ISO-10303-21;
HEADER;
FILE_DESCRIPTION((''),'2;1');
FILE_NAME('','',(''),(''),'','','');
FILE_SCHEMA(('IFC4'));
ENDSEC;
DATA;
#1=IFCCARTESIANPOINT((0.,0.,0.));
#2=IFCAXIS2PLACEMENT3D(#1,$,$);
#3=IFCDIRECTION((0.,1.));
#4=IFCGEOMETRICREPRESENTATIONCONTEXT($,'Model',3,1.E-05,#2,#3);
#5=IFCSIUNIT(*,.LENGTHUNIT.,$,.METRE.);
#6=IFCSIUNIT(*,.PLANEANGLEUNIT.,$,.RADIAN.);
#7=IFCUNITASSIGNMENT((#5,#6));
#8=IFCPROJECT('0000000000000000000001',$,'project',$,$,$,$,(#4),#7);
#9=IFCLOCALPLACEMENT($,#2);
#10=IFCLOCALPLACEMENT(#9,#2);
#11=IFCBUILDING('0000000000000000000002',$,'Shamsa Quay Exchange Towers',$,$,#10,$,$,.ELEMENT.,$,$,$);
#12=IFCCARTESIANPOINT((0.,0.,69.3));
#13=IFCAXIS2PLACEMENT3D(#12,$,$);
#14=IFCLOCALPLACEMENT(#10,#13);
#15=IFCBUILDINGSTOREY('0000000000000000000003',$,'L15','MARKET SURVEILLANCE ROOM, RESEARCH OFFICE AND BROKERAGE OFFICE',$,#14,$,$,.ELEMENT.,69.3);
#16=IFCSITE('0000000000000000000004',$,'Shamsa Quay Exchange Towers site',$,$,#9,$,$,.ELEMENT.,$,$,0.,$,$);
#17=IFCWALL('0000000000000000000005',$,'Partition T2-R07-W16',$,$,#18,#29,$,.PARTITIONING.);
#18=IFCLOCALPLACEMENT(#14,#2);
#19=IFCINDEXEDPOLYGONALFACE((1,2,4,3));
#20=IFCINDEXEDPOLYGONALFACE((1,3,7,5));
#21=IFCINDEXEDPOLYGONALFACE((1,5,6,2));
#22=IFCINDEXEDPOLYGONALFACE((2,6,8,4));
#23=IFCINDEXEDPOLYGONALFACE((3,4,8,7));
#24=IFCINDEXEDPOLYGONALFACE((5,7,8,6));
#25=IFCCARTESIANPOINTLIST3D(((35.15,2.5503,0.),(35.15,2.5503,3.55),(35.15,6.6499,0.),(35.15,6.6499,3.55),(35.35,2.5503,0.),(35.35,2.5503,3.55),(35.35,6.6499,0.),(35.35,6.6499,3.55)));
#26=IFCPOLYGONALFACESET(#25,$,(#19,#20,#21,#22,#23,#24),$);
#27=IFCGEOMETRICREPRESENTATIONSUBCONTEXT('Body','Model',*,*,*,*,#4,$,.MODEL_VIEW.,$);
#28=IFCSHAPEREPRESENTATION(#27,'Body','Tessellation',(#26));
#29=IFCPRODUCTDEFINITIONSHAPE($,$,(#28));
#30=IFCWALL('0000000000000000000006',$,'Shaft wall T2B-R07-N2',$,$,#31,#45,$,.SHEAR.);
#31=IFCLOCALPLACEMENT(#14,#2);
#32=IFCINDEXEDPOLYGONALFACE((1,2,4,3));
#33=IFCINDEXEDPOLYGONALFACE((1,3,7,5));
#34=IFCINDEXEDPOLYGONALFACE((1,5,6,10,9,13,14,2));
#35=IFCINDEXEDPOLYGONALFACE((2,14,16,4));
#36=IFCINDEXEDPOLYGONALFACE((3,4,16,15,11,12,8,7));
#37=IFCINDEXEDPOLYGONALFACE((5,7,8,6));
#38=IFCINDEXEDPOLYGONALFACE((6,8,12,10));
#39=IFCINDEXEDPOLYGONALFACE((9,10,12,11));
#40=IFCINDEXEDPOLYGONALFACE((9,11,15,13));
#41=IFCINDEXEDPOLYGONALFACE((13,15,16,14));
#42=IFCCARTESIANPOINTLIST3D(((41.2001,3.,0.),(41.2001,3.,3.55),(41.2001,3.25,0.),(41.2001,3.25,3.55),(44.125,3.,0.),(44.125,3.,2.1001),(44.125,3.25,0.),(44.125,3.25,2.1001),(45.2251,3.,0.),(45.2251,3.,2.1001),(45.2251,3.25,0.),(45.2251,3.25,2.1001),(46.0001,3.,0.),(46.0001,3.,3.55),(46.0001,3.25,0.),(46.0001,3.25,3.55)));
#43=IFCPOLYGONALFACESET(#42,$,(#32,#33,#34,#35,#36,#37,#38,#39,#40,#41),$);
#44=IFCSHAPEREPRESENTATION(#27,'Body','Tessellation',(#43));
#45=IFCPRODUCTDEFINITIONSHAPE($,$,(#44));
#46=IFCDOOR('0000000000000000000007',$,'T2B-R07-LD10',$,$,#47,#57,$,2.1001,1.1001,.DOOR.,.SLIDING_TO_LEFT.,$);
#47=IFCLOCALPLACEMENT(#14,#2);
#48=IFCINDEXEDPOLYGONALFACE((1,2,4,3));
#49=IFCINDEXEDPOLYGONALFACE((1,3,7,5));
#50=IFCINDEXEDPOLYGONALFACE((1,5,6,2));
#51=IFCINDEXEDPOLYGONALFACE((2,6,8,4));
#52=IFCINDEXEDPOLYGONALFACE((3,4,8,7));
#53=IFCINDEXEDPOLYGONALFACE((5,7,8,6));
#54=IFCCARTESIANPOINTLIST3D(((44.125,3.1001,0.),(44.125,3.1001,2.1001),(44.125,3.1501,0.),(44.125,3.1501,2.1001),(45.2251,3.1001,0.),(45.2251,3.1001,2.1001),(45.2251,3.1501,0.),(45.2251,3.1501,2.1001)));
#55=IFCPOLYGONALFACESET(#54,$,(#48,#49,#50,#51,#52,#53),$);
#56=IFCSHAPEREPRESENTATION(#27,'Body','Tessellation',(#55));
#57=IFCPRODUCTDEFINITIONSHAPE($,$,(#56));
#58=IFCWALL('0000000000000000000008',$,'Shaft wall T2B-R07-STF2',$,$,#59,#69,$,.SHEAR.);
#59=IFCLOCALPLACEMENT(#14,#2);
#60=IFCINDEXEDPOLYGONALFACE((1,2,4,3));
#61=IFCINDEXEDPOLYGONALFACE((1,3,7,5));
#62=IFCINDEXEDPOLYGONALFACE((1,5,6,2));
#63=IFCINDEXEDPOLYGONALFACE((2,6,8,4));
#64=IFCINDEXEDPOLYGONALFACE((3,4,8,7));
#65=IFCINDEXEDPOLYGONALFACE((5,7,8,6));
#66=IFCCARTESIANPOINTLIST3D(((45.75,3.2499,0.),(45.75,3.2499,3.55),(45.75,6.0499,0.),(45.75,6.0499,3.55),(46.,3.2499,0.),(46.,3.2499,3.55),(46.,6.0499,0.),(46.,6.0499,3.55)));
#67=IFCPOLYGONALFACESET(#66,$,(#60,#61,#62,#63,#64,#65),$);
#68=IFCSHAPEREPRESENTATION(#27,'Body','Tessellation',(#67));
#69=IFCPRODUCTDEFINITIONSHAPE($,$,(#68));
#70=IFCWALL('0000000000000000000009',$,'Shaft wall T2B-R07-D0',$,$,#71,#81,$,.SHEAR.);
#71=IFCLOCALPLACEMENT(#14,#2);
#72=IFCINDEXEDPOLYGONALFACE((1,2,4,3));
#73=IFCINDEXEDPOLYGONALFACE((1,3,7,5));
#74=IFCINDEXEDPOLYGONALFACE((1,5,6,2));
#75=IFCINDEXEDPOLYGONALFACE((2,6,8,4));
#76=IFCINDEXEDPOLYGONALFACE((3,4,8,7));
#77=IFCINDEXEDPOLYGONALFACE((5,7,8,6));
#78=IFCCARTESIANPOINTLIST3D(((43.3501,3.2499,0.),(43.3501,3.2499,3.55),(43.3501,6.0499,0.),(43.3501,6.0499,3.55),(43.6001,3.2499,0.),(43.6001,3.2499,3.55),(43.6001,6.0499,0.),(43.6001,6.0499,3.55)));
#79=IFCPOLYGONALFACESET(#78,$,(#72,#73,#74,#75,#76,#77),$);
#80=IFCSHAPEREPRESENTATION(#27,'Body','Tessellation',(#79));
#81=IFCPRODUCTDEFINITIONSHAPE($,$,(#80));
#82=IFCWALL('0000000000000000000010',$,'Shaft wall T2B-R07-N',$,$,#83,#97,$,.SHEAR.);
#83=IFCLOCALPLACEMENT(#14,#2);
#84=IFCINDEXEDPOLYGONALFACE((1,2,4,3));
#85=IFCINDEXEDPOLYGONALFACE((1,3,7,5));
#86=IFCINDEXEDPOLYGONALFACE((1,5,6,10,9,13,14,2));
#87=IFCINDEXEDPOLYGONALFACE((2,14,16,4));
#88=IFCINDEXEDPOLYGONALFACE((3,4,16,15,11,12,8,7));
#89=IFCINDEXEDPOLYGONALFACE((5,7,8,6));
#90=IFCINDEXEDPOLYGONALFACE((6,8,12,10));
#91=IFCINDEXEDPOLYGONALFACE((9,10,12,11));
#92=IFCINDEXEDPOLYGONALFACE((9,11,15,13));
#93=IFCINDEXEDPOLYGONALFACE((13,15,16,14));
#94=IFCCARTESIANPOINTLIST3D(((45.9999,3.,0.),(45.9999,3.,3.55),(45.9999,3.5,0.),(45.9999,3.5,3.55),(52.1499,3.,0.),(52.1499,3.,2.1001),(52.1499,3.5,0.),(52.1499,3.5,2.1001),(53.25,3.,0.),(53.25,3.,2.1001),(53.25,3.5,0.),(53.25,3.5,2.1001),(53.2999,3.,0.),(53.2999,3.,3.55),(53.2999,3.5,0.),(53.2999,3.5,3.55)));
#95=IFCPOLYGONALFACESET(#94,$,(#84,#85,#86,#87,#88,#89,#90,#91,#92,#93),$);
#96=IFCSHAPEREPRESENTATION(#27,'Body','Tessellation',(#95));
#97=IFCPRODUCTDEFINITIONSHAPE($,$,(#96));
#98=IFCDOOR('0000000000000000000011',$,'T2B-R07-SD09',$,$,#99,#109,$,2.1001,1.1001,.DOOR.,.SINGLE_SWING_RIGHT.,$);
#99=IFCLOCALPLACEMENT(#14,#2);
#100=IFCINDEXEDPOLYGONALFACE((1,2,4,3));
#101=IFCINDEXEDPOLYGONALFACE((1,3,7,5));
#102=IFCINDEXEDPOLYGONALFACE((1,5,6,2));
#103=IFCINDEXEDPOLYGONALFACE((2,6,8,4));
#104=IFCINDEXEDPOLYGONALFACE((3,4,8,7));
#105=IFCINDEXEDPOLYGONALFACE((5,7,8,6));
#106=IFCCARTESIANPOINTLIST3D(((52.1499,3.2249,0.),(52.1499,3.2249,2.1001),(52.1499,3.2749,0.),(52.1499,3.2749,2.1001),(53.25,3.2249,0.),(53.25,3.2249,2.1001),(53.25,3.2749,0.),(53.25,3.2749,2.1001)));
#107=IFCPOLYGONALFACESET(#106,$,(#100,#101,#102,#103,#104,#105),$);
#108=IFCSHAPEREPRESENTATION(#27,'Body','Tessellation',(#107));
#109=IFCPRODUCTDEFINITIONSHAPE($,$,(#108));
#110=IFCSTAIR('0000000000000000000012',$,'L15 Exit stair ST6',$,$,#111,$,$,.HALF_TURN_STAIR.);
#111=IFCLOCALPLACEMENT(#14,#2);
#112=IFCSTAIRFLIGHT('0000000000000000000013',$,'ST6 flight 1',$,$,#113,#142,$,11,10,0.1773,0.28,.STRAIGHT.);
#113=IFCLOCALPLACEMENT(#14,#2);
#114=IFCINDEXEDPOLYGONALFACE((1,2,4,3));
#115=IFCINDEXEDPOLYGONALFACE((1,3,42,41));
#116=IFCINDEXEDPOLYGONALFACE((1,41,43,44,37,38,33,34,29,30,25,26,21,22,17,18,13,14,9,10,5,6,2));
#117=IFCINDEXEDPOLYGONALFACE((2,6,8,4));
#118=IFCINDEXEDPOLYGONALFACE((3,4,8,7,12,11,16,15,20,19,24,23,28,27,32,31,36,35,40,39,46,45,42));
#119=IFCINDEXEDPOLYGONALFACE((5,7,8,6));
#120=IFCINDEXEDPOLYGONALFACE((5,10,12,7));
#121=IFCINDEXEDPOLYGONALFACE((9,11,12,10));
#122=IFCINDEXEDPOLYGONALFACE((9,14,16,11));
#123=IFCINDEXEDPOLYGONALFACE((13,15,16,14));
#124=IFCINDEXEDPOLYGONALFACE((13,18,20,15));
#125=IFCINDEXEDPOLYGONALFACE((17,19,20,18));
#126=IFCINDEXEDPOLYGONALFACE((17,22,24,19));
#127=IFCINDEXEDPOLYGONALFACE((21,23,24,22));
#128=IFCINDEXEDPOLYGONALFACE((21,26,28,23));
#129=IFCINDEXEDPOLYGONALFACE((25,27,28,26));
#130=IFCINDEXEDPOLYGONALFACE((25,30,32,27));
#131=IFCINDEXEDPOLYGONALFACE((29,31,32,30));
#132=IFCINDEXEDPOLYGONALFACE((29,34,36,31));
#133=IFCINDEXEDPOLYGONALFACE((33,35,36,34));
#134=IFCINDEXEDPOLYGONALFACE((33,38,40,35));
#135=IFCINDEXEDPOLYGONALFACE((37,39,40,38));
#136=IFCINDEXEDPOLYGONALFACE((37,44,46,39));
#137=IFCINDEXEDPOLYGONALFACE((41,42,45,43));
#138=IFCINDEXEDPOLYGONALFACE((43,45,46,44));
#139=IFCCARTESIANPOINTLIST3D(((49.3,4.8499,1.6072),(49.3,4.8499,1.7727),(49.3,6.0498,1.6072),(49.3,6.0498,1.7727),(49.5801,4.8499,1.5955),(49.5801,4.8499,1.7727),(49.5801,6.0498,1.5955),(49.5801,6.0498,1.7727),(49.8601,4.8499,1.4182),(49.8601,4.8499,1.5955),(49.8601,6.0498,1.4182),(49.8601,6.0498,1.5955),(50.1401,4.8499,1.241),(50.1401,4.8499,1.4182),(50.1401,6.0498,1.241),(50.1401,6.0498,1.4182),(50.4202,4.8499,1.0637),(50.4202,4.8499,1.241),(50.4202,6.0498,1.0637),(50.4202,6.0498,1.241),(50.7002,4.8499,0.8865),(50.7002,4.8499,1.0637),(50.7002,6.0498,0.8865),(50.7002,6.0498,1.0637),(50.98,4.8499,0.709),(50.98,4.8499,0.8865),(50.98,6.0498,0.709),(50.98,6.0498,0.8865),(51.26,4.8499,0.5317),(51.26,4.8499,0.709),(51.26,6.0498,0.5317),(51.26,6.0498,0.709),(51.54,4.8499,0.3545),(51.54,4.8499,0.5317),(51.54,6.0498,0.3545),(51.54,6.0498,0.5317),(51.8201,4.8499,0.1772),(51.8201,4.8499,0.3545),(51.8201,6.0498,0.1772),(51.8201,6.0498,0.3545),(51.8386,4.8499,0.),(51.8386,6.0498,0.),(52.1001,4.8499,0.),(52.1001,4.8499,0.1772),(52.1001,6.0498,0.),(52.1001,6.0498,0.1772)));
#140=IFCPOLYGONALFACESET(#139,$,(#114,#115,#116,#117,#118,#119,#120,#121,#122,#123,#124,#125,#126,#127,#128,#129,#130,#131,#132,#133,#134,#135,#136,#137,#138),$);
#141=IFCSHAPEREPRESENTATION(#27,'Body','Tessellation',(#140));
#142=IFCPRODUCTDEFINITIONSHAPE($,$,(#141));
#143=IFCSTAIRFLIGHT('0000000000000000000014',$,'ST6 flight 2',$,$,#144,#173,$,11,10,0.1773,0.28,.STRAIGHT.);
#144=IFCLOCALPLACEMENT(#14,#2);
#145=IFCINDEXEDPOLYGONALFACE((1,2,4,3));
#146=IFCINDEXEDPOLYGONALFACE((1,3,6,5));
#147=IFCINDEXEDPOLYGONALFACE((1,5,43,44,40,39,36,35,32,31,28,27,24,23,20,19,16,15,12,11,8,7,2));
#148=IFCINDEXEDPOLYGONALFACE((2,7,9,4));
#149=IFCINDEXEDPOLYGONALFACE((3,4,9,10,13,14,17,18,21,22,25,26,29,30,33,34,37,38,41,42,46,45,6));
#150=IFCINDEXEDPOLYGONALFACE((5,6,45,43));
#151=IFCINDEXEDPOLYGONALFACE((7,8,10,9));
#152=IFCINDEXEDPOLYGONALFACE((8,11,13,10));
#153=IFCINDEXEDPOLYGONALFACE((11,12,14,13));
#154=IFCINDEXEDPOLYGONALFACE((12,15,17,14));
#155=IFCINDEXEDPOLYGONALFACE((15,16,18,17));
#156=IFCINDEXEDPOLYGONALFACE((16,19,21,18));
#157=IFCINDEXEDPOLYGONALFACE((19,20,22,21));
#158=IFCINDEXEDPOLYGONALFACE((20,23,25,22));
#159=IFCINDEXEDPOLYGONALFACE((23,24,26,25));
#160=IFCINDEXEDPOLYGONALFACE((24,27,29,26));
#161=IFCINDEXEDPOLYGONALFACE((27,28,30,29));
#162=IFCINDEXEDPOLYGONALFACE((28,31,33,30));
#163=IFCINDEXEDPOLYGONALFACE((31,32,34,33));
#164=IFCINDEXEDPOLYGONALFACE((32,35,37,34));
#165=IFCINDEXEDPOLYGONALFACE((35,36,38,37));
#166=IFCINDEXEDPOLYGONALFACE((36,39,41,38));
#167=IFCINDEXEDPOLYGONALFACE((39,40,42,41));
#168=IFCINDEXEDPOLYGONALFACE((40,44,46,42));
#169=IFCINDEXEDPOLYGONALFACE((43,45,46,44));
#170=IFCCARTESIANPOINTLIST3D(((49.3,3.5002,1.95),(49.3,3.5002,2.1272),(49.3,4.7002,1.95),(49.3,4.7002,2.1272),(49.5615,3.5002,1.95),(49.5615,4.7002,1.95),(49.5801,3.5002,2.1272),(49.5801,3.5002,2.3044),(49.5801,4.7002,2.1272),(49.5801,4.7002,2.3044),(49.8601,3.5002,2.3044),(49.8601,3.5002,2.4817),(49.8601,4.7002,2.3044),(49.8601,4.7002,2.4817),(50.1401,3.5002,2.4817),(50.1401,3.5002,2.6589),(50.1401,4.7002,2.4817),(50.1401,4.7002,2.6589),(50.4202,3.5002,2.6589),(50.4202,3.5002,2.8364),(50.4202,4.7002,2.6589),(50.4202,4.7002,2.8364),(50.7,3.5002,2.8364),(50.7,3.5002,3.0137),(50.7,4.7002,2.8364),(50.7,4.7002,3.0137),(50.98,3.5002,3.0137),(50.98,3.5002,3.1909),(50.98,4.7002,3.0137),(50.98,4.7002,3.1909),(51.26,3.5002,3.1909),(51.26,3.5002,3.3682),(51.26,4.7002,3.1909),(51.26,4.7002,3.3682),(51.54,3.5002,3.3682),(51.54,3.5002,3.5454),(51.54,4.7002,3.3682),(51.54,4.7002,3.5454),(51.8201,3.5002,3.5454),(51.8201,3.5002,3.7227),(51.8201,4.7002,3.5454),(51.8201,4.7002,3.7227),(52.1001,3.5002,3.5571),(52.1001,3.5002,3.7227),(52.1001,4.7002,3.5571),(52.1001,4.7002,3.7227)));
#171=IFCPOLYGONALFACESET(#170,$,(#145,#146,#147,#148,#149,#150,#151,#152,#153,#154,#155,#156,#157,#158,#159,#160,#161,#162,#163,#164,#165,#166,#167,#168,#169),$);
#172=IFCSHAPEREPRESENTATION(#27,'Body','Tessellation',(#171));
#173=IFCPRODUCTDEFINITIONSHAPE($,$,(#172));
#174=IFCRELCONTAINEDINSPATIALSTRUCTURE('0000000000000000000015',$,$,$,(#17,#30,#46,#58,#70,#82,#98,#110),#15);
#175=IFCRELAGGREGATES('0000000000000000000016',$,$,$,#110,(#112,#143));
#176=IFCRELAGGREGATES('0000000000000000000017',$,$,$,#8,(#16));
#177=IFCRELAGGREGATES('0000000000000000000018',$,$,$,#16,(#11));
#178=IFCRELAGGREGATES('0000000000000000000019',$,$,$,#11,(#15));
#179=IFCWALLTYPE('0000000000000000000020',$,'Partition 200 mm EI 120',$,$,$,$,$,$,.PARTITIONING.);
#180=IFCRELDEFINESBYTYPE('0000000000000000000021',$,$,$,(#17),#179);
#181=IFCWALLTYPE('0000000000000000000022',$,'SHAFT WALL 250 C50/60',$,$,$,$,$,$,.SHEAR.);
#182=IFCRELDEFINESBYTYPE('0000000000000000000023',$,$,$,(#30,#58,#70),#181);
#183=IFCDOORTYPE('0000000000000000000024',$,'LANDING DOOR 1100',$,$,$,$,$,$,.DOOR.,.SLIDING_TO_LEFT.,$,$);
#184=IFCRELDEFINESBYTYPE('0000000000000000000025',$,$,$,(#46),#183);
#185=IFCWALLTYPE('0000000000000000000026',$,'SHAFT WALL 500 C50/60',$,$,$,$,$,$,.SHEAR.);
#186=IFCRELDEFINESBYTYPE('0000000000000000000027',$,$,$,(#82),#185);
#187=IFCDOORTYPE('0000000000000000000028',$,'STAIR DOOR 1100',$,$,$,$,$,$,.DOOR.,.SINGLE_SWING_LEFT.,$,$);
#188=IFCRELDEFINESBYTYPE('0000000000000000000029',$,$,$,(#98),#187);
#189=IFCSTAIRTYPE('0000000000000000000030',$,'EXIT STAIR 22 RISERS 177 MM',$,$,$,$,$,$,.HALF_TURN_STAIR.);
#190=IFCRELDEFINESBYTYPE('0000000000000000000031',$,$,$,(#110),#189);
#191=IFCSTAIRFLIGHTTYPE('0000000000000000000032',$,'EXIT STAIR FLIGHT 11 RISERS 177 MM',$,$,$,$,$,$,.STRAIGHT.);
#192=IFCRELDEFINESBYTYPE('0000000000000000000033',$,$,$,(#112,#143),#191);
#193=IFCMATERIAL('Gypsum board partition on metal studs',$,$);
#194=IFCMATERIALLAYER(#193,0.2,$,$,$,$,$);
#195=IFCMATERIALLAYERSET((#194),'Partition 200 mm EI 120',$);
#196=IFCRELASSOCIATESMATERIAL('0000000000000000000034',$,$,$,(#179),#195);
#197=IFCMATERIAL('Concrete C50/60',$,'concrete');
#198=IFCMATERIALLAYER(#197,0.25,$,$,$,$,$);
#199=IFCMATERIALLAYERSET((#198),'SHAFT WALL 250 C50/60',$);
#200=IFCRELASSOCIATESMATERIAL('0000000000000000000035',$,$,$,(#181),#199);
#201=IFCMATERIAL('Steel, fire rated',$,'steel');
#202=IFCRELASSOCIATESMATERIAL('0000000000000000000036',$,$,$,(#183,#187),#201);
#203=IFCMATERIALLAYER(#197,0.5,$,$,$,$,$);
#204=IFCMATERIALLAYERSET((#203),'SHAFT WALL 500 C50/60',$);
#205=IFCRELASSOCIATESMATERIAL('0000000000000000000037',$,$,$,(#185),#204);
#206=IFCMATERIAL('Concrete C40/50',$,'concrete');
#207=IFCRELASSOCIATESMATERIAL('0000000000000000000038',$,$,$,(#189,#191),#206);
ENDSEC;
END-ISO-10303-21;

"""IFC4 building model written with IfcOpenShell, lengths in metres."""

from ifc_helpers import new_model, si_unit, direction, frame, frame_2d, origin, place, context, subcontext, project, spatial, polyline, rectangle, outline, extrude, material, layer, layer_set, type_object, element, fill, aggregate, save


model = new_model("IFC4")

# Units and contexts
model_context = context("Model", 3, precision=1e-05, world=origin(), true_north=direction((0.0, 1.0)))
body_context = subcontext(model_context, "Body", "Model", "MODEL_VIEW")
ifc_project = project(units=[si_unit("LENGTHUNIT", "METRE"), si_unit("PLANEANGLEUNIT", "RADIAN")], contexts=[model_context])

# Site, building, storey
site_placement = place(None, origin())
site = spatial("IfcSite", under=ifc_project, at=site_placement, Name="Shamsa Quay Exchange Towers site", CompositionType="ELEMENT", RefElevation=0.0)
building_placement = place(site_placement, origin())
building = spatial("IfcBuilding", under=site, at=building_placement, Name="Shamsa Quay Exchange Towers", CompositionType="ELEMENT")
storey_placement = place(building_placement, frame((0.0, 0.0, 69.3)))
storey = spatial("IfcBuildingStorey", under=building, at=storey_placement, Name="L15", Description="MARKET SURVEILLANCE ROOM, RESEARCH OFFICE AND BROKERAGE OFFICE", CompositionType="ELEMENT", Elevation=69.3)

# Shared definitions
ifc_material_1 = material(Name="Gypsum board partition on metal studs")

# Wall
ifc_layer_1 = layer(ifc_material_1, 0.2)
ifc_layer_set_1 = layer_set([ifc_layer_1], Name="Partition 200 mm EI 120")
wall_type_1 = type_object("IfcWallType", Name="Partition 200 mm EI 120", PredefinedType="PARTITIONING", material=ifc_layer_set_1)
wall_1_placement = place(storey_placement, frame((35.25, 6.6499, 0.0), z_axis=(0.0, 0.0, 1.0), x_axis=(0.0, -1.0, 0.0)))
element("IfcWall", 1, at=wall_1_placement, inside=storey, type_object=wall_type_1, Name="Partition T2-R07-W16", PredefinedType="PARTITIONING", context=body_context, shape_type="SweptSolid", body=[
    extrude(rectangle(XDim=4.0996, YDim=0.2, at=frame_2d((2.0498, 0.0))), origin(), (0.0, 0.0, 1.0), 3.55),
])

# Wall, opening, door
ifc_material_2 = material(Name="Concrete C50/60", Category="concrete")
ifc_layer_2 = layer(ifc_material_2, 0.25)
ifc_layer_set_2 = layer_set([ifc_layer_2], Name="SHAFT WALL 250 C50/60")
wall_type_2 = type_object("IfcWallType", Name="SHAFT WALL 250 C50/60", PredefinedType="SHEAR", material=ifc_layer_set_2)
wall_2_placement = place(storey_placement, frame((46.0, 3.125, 0.0), z_axis=(0.0, 0.0, 1.0), x_axis=(-1.0, 0.0, 0.0)))
wall_2 = element("IfcWall", 2, at=wall_2_placement, inside=storey, type_object=wall_type_2, Name="Shaft wall T2B-R07-N2", PredefinedType="SHEAR", context=body_context, shape_type="SweptSolid", body=[
    extrude(rectangle(XDim=4.8, YDim=0.25, at=frame_2d((2.3999, 0.0))), origin(), (0.0, 0.0, 1.0), 3.55),
])
opening_1_placement = place(wall_2_placement, frame((0.7749, 0.0, 0.0)))
opening_1 = element("IfcOpeningElement", 3, at=opening_1_placement, cuts=wall_2, PredefinedType="OPENING", context=body_context, shape_type="SweptSolid", body=[
    extrude(rectangle(XDim=1.1001, YDim=2.1001, at=frame_2d((0.55, 1.05))), frame((0.0, 0.135, 0.0), z_axis=(0.0, -1.0, 0.0), x_axis=(1.0, 0.0, 0.0)), (0.0, 0.0, 1.0), 0.27),
])
ifc_material_3 = material(Name="Steel, fire rated", Category="steel")
door_type_1 = type_object("IfcDoorType", Name="LANDING DOOR 1100", OperationType="SLIDING_TO_LEFT", PredefinedType="DOOR", material=ifc_material_3)
door_1_placement = place(opening_1_placement, origin())
door_1 = element("IfcDoor", 4, at=door_1_placement, inside=storey, type_object=door_type_1, Name="T2B-R07-LD10", OperationType="SLIDING_TO_LEFT", OverallHeight=2.1001, OverallWidth=1.1001, PredefinedType="DOOR", context=body_context, shape_type="SweptSolid", body=[
    extrude(rectangle(XDim=1.1001, YDim=2.1001, at=frame_2d((0.55, 1.05))), frame((0.0, 0.0249, 0.0), z_axis=(0.0, -1.0, 0.0), x_axis=(1.0, 0.0, 0.0)), (0.0, 0.0, 1.0), 0.05),
])
fill(opening_1, door_1)

# Walls
for number, where, z_axis, x_axis, name in (
    (5, (45.875, 3.25, 0.0), (0.0, 0.0, 1.0), (0.0, 1.0, 0.0), "Shaft wall T2B-R07-STF2"),
    (6, (43.4751, 3.25, 0.0), (0.0, 0.0, 1.0), (0.0, 1.0, 0.0), "Shaft wall T2B-R07-D0"),
):
    element("IfcWall", number, at=place(storey_placement, frame(where, z_axis=z_axis, x_axis=x_axis)), inside=storey, type_object=wall_type_2, Name=name, PredefinedType="SHEAR", context=body_context, shape_type="SweptSolid", body=[
        extrude(rectangle(XDim=2.8, YDim=0.25, at=frame_2d((1.3999, 0.0))), origin(), (0.0, 0.0, 1.0), 3.55),
    ])

# Wall, opening, door
ifc_layer_3 = layer(ifc_material_2, 0.5)
ifc_layer_set_3 = layer_set([ifc_layer_3], Name="SHAFT WALL 500 C50/60")
wall_type_3 = type_object("IfcWallType", Name="SHAFT WALL 500 C50/60", PredefinedType="SHEAR", material=ifc_layer_set_3)
wall_3_placement = place(storey_placement, frame((46.0, 3.25, 0.0)))
wall_3 = element("IfcWall", 7, at=wall_3_placement, inside=storey, type_object=wall_type_3, Name="Shaft wall T2B-R07-N", PredefinedType="SHEAR", context=body_context, shape_type="SweptSolid", body=[
    extrude(rectangle(XDim=7.3, YDim=0.5, at=frame_2d((3.6499, 0.0))), origin(), (0.0, 0.0, 1.0), 3.55),
])
opening_2_placement = place(wall_3_placement, frame((6.1499, 0.0, 0.0)))
opening_2 = element("IfcOpeningElement", 8, at=opening_2_placement, cuts=wall_3, PredefinedType="OPENING", context=body_context, shape_type="SweptSolid", body=[
    extrude(rectangle(XDim=1.1001, YDim=2.1001, at=frame_2d((0.55, 1.05))), frame((0.0, 0.26, 0.0), z_axis=(0.0, -1.0, 0.0), x_axis=(1.0, 0.0, 0.0)), (0.0, 0.0, 1.0), 0.52),
])
door_type_2 = type_object("IfcDoorType", Name="STAIR DOOR 1100", OperationType="SINGLE_SWING_LEFT", PredefinedType="DOOR", material=ifc_material_3)
door_2_placement = place(opening_2_placement, origin())
door_2 = element("IfcDoor", 9, at=door_2_placement, inside=storey, type_object=door_type_2, Name="T2B-R07-SD09", OperationType="SINGLE_SWING_RIGHT", OverallHeight=2.1001, OverallWidth=1.1001, PredefinedType="DOOR", context=body_context, shape_type="SweptSolid", body=[
    extrude(rectangle(XDim=1.1001, YDim=2.1001, at=frame_2d((0.55, 1.05))), frame((0.0, 0.0249, 0.0), z_axis=(0.0, -1.0, 0.0), x_axis=(1.0, 0.0, 0.0)), (0.0, 0.0, 1.0), 0.05),
])
fill(opening_2, door_2)

# Stair, stair flights
ifc_material_4 = material(Name="Concrete C40/50", Category="concrete")
stair_type = type_object("IfcStairType", Name="EXIT STAIR 22 RISERS 177 MM", PredefinedType="HALF_TURN_STAIR", material=ifc_material_4)
stair_placement = place(storey_placement, origin())
stair = element("IfcStair", 10, at=stair_placement, inside=storey, type_object=stair_type, Name="L15 Exit stair ST6", PredefinedType="HALF_TURN_STAIR")
stair_flight_type = type_object("IfcStairFlightType", Name="EXIT STAIR FLIGHT 11 RISERS 177 MM", PredefinedType="STRAIGHT", material=ifc_material_4)
stair_flight_1_placement = place(storey_placement, frame((52.1001, 5.45, 0.0), z_axis=(0.0, 0.0, 1.0), x_axis=(-1.0, 0.0, 0.0)))
stair_flight_1 = element("IfcStairFlight", 11, at=stair_flight_1_placement, type_object=stair_flight_type, Name="ST6 flight 1", NumberOfRisers=11, NumberOfTreads=10, PredefinedType="STRAIGHT", RiserHeight=0.1773, TreadLength=0.28, context=body_context, shape_type="SweptSolid", body=[
    extrude(outline(polyline([(0.0, 0.0), (0.0, 0.1772), (0.28, 0.1772), (0.28, 0.3545), (0.5601, 0.3545), (0.5601, 0.5317), (0.8401, 0.5317), (0.8401, 0.709), (1.1201, 0.709), (1.1201, 0.8865), (1.3999, 0.8865), (1.3999, 1.0637), (1.6799, 1.0637), (1.6799, 1.241), (1.96, 1.241), (1.96, 1.4182), (2.24, 1.4182), (2.24, 1.5955), (2.52, 1.5955), (2.52, 1.7727), (2.8, 1.7727), (2.8, 1.95), (2.8, 1.6072), (0.2615, 0.0), (0.0, 0.0)])), frame((0.0, 0.6001, 0.0), z_axis=(0.0, -1.0, 0.0), x_axis=(1.0, 0.0, 0.0)), (0.0, 0.0, 1.0), 1.2),
])
stair_flight_2_placement = place(storey_placement, frame((49.3, 4.1001, 1.95)))
stair_flight_2 = element("IfcStairFlight", 12, at=stair_flight_2_placement, type_object=stair_flight_type, Name="ST6 flight 2", NumberOfRisers=11, NumberOfTreads=10, PredefinedType="STRAIGHT", RiserHeight=0.1773, TreadLength=0.28, context=body_context, shape_type="SweptSolid", body=[
    extrude(outline(polyline([(0.0, 0.0), (0.0, 0.1772), (0.28, 0.1772), (0.28, 0.3545), (0.5601, 0.3545), (0.5601, 0.5317), (0.8401, 0.5317), (0.8401, 0.709), (1.1201, 0.709), (1.1201, 0.8865), (1.3999, 0.8865), (1.3999, 1.0637), (1.6799, 1.0637), (1.6799, 1.241), (1.96, 1.241), (1.96, 1.4182), (2.24, 1.4182), (2.24, 1.5955), (2.52, 1.5955), (2.52, 1.7727), (2.8, 1.7727), (2.8, 1.95), (2.8, 1.6072), (0.2615, 0.0), (0.0, 0.0)])), frame((0.0, 0.6001, 0.0), z_axis=(0.0, -1.0, 0.0), x_axis=(1.0, 0.0, 0.0)), (0.0, 0.0, 1.0), 1.2),
])
aggregate(stair, [stair_flight_1, stair_flight_2])

save(model, "model.ifc")
